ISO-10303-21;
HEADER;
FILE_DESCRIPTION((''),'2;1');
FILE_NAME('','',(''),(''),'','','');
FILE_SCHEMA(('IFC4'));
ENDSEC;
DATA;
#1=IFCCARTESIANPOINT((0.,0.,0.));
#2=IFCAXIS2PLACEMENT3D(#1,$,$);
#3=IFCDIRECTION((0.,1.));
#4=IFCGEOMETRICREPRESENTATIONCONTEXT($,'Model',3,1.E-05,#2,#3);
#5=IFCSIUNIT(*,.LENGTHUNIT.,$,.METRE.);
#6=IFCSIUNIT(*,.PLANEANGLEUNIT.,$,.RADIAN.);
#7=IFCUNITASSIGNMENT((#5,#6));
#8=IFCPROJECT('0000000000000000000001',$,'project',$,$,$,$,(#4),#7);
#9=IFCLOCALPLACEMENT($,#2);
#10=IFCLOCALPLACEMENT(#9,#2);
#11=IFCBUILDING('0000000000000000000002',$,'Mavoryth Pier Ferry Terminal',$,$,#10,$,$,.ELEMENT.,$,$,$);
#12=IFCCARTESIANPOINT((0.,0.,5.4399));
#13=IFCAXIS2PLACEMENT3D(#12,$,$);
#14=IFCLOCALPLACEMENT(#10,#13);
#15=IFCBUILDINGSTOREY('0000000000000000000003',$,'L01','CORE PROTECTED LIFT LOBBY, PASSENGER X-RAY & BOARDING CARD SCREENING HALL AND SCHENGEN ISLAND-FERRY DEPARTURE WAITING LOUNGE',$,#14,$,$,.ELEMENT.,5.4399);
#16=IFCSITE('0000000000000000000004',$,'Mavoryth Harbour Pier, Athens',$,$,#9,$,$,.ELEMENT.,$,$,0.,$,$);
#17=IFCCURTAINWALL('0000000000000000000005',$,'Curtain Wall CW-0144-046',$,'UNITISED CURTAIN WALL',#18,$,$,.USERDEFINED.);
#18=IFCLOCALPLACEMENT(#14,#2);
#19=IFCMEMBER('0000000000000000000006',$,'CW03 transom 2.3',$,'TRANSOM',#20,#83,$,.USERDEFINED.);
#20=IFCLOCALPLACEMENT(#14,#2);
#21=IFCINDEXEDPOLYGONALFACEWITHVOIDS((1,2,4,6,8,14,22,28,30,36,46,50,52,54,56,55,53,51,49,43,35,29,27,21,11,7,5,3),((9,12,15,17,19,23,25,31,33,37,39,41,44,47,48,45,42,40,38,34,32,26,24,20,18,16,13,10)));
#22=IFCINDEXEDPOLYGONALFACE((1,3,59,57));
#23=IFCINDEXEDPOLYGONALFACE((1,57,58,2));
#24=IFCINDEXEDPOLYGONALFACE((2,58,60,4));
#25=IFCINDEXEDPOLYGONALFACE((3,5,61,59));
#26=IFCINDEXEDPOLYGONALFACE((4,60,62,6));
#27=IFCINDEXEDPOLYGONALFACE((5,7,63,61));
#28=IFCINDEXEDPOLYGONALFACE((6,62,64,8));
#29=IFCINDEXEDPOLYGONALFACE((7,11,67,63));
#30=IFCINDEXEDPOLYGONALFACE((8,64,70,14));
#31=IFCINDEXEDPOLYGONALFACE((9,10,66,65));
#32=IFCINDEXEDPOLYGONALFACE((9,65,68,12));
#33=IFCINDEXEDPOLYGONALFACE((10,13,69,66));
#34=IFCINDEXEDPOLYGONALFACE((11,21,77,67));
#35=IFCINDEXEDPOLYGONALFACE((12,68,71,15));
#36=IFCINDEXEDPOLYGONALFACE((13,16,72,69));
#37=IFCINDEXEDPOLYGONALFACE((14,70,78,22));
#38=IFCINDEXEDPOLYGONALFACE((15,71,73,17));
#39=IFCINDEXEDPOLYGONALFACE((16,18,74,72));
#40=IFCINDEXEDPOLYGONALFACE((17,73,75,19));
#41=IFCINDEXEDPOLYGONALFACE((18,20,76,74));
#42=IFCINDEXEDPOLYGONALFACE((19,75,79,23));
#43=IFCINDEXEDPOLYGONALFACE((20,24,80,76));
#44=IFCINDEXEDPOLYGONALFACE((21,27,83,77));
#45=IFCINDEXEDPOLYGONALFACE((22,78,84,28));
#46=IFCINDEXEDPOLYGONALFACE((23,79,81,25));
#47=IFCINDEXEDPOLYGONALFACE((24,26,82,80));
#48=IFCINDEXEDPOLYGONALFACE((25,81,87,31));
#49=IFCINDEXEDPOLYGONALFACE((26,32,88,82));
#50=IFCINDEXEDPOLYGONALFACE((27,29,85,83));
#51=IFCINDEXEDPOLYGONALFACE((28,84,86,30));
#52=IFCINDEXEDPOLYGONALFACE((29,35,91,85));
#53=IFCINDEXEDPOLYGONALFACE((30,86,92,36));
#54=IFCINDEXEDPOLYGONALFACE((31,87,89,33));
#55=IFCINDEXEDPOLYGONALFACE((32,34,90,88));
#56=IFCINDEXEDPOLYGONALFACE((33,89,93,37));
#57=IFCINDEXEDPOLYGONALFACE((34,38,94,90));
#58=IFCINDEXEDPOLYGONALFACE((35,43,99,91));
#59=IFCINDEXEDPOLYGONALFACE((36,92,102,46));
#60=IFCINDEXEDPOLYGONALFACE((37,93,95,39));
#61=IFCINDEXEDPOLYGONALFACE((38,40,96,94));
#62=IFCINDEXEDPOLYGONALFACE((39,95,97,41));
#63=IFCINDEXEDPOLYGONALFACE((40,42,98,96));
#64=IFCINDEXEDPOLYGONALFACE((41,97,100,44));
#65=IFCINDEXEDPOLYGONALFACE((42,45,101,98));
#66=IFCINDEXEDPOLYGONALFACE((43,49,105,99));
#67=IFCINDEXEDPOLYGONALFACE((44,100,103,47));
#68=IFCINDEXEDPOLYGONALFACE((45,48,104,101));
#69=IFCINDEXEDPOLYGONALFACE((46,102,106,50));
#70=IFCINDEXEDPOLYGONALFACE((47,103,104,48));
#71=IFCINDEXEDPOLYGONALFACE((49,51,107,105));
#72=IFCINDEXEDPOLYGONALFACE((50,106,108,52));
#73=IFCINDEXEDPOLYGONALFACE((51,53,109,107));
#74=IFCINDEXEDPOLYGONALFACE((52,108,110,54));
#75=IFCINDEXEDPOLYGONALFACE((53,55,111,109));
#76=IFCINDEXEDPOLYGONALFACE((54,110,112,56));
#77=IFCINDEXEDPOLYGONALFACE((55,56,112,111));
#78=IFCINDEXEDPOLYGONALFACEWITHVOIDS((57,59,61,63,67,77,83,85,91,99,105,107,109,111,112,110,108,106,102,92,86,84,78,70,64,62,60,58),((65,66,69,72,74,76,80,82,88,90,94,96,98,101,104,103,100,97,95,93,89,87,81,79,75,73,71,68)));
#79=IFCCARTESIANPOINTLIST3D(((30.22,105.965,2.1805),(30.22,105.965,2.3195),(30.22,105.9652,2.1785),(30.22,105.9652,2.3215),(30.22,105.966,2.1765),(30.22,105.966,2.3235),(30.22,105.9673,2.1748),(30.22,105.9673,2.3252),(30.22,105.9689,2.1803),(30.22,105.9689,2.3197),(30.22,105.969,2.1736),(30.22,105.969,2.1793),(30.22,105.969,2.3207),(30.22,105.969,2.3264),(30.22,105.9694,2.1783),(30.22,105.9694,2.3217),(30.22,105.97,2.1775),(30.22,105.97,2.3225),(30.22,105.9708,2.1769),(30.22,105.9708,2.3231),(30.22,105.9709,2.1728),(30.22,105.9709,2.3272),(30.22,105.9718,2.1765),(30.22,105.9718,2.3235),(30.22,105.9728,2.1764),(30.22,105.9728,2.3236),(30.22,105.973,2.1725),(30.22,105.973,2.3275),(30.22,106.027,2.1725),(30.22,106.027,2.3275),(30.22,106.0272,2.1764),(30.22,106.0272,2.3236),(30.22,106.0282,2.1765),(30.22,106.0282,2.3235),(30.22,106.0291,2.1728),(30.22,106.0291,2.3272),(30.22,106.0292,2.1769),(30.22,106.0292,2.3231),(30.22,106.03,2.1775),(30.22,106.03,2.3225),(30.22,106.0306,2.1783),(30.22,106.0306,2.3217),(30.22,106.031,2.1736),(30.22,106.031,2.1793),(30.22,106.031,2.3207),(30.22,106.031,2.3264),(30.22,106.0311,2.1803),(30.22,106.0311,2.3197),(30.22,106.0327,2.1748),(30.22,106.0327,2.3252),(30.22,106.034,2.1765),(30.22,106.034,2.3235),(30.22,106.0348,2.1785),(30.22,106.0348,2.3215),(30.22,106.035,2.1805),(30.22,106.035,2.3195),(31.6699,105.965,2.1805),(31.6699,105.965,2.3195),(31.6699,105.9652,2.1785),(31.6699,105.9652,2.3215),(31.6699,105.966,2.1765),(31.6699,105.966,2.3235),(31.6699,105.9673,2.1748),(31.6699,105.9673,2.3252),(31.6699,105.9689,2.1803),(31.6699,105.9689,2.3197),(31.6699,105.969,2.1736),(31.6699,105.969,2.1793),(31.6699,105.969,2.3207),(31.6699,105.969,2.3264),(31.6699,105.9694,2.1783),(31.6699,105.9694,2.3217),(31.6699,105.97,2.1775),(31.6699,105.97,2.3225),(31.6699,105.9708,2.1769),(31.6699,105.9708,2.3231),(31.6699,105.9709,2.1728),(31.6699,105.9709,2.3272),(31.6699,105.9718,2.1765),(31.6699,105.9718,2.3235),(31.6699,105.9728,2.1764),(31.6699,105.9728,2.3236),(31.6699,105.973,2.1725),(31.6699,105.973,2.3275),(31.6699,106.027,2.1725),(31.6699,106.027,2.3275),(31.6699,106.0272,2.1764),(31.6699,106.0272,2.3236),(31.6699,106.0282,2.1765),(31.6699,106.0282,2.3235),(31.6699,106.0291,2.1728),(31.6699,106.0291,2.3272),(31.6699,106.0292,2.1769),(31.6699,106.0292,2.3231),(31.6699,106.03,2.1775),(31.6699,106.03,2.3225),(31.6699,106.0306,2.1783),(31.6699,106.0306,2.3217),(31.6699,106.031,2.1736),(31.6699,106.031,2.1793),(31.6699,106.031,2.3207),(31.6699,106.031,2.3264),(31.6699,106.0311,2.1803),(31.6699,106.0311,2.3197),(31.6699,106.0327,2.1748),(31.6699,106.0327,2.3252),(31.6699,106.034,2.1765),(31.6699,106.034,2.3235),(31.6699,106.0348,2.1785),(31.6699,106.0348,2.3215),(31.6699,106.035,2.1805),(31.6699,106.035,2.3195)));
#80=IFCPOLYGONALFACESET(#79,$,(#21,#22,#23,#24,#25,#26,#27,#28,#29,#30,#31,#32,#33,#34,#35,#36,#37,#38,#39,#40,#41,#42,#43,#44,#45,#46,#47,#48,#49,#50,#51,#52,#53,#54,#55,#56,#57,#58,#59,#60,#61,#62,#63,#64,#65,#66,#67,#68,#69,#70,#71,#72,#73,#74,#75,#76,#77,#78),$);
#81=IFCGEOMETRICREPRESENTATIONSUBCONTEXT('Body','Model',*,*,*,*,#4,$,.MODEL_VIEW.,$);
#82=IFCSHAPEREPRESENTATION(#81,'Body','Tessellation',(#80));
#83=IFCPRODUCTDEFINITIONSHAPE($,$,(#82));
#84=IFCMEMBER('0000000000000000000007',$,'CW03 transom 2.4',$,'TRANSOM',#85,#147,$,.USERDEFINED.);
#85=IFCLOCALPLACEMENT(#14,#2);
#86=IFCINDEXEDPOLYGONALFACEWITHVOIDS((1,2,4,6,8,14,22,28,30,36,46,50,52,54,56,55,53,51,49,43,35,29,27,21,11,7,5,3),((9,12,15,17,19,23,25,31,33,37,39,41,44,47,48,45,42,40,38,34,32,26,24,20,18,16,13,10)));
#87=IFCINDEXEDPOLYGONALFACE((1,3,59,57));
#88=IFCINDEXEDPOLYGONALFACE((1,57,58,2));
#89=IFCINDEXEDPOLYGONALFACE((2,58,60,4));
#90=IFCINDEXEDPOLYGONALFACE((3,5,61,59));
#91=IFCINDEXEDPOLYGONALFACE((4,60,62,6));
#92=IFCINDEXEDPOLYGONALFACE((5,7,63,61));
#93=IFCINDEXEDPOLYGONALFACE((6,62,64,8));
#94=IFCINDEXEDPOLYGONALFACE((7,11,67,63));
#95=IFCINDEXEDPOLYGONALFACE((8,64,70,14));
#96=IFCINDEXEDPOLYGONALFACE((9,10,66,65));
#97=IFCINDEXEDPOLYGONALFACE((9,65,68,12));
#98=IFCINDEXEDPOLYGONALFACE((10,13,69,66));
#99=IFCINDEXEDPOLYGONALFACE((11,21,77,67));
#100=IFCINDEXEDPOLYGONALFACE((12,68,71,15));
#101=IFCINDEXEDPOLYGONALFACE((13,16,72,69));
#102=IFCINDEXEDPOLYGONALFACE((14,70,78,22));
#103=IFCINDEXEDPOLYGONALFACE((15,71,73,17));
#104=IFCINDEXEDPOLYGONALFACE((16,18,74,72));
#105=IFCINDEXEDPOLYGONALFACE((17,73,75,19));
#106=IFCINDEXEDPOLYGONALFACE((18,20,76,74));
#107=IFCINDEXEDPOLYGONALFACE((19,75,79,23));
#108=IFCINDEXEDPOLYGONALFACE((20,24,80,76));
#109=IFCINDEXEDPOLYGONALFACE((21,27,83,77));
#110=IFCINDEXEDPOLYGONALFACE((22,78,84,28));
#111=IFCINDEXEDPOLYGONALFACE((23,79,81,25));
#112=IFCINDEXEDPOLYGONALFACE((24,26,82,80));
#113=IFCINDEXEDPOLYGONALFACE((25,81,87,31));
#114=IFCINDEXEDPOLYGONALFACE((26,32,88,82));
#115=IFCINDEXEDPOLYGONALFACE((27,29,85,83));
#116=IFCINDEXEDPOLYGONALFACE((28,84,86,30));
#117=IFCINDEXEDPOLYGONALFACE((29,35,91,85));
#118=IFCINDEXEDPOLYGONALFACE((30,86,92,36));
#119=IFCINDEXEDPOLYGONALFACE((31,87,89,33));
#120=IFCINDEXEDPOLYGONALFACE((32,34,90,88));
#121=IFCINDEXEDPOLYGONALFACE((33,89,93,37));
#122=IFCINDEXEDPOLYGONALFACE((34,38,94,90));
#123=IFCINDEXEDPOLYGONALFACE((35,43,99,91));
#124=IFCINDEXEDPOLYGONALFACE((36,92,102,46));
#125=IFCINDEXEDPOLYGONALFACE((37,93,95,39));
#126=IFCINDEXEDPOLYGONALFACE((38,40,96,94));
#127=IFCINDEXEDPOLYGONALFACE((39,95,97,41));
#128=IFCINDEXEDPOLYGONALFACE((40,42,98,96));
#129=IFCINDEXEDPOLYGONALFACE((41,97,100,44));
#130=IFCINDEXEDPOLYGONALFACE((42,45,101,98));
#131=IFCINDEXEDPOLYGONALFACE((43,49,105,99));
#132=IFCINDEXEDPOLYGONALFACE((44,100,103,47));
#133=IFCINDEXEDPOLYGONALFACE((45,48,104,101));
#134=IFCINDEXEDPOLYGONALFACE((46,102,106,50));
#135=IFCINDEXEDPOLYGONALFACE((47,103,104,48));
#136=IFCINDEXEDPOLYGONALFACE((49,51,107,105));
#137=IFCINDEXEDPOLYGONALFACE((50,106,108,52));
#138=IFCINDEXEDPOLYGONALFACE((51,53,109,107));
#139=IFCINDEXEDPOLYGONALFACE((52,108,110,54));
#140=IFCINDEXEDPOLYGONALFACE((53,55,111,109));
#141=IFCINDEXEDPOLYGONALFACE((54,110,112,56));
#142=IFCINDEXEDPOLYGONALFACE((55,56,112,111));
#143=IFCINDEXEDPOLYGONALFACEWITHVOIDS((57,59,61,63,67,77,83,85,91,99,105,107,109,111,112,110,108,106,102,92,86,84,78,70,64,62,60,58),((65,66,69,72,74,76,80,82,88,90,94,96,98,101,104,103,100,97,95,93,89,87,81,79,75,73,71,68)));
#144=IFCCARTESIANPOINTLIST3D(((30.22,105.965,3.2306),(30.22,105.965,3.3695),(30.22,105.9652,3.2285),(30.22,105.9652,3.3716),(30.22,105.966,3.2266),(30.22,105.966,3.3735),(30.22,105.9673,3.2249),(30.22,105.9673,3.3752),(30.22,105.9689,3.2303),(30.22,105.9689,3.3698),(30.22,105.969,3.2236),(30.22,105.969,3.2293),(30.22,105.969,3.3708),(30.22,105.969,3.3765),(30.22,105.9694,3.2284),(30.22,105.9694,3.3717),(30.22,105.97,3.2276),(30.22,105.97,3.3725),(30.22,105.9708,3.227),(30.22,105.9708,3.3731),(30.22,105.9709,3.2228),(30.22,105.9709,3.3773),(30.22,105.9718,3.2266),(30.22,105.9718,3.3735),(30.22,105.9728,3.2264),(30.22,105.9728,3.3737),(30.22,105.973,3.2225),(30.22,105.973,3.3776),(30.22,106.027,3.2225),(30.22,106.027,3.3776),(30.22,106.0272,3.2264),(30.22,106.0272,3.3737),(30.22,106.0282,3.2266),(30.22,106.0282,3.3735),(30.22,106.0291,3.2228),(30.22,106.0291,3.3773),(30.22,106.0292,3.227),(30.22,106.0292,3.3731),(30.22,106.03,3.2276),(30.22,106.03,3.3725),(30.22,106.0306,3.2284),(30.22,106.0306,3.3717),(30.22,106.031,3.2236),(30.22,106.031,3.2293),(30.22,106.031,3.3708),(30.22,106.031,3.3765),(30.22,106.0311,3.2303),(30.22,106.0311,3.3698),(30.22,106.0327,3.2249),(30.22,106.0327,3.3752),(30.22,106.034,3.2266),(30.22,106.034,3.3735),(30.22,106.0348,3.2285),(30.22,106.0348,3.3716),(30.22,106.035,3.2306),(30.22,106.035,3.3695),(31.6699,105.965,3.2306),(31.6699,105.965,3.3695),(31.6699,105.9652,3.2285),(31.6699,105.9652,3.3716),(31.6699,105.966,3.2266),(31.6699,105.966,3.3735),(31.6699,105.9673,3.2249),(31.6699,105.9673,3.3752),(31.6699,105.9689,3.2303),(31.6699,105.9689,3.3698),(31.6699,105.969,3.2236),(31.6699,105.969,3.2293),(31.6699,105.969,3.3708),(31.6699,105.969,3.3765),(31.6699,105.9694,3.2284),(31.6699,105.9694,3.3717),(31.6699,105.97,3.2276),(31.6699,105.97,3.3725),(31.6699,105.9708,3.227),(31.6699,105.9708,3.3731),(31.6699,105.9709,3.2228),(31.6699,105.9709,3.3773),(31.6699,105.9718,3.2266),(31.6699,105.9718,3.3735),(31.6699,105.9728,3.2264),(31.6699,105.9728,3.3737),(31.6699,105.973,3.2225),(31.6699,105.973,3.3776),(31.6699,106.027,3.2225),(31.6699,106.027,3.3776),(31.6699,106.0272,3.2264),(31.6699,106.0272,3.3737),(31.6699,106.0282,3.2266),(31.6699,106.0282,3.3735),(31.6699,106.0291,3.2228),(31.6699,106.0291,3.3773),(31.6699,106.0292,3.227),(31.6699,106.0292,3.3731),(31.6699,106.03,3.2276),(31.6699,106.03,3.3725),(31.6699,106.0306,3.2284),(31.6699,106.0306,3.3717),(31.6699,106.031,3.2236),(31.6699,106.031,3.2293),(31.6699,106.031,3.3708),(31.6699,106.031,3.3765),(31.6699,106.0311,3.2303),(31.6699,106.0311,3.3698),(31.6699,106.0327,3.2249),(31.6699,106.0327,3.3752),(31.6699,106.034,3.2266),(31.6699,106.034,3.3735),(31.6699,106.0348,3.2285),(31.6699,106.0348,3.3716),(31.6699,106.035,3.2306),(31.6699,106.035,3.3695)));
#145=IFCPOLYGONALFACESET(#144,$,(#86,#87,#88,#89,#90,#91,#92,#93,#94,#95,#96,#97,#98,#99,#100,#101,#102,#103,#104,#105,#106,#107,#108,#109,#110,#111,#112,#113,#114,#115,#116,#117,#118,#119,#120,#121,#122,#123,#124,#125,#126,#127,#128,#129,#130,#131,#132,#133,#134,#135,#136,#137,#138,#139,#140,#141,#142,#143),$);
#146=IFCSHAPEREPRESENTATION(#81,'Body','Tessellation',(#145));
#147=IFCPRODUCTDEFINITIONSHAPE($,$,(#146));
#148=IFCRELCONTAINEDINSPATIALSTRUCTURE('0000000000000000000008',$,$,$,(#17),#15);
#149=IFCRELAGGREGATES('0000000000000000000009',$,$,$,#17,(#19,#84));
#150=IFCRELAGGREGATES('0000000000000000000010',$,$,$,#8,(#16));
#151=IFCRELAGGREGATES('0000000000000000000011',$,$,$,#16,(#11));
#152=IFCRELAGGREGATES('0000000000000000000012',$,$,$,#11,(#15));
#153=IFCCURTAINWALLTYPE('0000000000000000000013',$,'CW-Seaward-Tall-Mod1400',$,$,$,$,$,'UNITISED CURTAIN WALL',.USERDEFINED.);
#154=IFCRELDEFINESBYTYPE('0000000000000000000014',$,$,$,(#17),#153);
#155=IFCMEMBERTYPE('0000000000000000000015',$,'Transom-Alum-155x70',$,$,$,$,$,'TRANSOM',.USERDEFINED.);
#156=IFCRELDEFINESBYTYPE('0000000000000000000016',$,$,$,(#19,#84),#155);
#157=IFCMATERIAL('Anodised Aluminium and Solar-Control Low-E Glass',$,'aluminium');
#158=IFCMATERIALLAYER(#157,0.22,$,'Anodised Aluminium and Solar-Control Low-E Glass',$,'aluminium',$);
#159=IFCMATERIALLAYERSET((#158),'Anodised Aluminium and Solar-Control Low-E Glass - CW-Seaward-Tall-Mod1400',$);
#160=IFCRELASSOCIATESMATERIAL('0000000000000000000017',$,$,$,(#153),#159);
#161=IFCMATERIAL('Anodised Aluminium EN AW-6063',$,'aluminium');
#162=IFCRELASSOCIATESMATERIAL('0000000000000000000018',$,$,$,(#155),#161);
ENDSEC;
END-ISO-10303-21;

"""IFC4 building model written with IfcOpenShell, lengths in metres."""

from ifc_helpers import new_model, si_unit, direction, frame, origin, origin_2d, place, context, subcontext, project, spatial, hollow_rectangle, extrude, material, layer, layer_set, material_profile, profile_set, type_object, element, aggregate, save


model = new_model("IFC4")

# Units and contexts
model_context = context("Model", 3, precision=1e-05, world=origin(), true_north=direction((0.0, 1.0)))
body_context = subcontext(model_context, "Body", "Model", "MODEL_VIEW")
ifc_project = project(units=[si_unit("LENGTHUNIT", "METRE"), si_unit("PLANEANGLEUNIT", "RADIAN")], contexts=[model_context])

# Site, building, storey
site_placement = place(None, origin())
site = spatial("IfcSite", under=ifc_project, at=site_placement, Name="Mavoryth Harbour Pier, Athens", CompositionType="ELEMENT", RefElevation=0.0)
building_placement = place(site_placement, origin())
building = spatial("IfcBuilding", under=site, at=building_placement, Name="Mavoryth Pier Ferry Terminal", CompositionType="ELEMENT")
storey_placement = place(building_placement, frame((0.0, 0.0, 5.4399)))
storey = spatial("IfcBuildingStorey", under=building, at=storey_placement, Name="L01", Description="CORE PROTECTED LIFT LOBBY, PASSENGER X-RAY & BOARDING CARD SCREENING HALL AND SCHENGEN ISLAND-FERRY DEPARTURE WAITING LOUNGE", CompositionType="ELEMENT", Elevation=5.4399)

# Curtain wall
ifc_material_1 = material(Name="Anodised Aluminium and Solar-Control Low-E Glass", Category="aluminium")
ifc_material_2 = material(Name="Anodised Aluminium EN AW-6063", Category="aluminium")
ifc_layer_1 = layer(ifc_material_1, 0.22, Name="Anodised Aluminium and Solar-Control Low-E Glass", Category="aluminium")
ifc_layer_set_1 = layer_set([ifc_layer_1], Name="Anodised Aluminium and Solar-Control Low-E Glass - CW-Seaward-Tall-Mod1400")
curtain_wall_type_1 = type_object("IfcCurtainWallType", Name="CW-Seaward-Tall-Mod1400", ElementType="UNITISED CURTAIN WALL", PredefinedType="USERDEFINED", material=ifc_layer_set_1)
curtain_wall_1_placement = place(storey_placement, origin())
curtain_wall_1 = element("IfcCurtainWall", 1, at=curtain_wall_1_placement, inside=storey, type_object=curtain_wall_type_1, Name="Curtain Wall CW-0144-046", ObjectType="UNITISED CURTAIN WALL", PredefinedType="USERDEFINED")

# Members
ifc_material_profile_1 = material_profile(ifc_material_2, hollow_rectangle(XDim=0.0701, YDim=0.155, WallThickness=0.0039, InnerFilletRadius=0.0039, OuterFilletRadius=0.0081, at=origin_2d()), Name="AL-TRAN 155x70x4", Category="aluminium")
ifc_profile_set_1 = profile_set([ifc_material_profile_1], Name="Anodised Aluminium EN AW-6063 - AL-TRAN 155x70x4")
member_type_1 = type_object("IfcMemberType", Name="Transom-Alum-155x70", ElementType="TRANSOM", PredefinedType="USERDEFINED", material=ifc_profile_set_1)
member_1_placement = place(storey_placement, frame((31.6699, 106.0, 2.25), z_axis=(-1.0, 0.0, 0.0), x_axis=(0.0, -1.0, 0.0)))
member_1 = element("IfcMember", 2, at=member_1_placement, type_object=member_type_1, Name="CW03 transom 2.3", ObjectType="TRANSOM", PredefinedType="USERDEFINED", context=body_context, shape_type="SweptSolid", body=[
    extrude(hollow_rectangle(XDim=0.0701, YDim=0.155, WallThickness=0.0039, InnerFilletRadius=0.0039, OuterFilletRadius=0.0081, at=origin_2d()), origin(), (0.0, 0.0, 1.0), 1.45),
])
member_2_placement = place(storey_placement, frame((31.6699, 106.0, 3.3), z_axis=(-1.0, 0.0, 0.0), x_axis=(0.0, -1.0, 0.0)))
member_2 = element("IfcMember", 3, at=member_2_placement, type_object=member_type_1, Name="CW03 transom 2.4", ObjectType="TRANSOM", PredefinedType="USERDEFINED", context=body_context, shape_type="SweptSolid", body=[
    extrude(hollow_rectangle(XDim=0.0701, YDim=0.155, WallThickness=0.0039, InnerFilletRadius=0.0039, OuterFilletRadius=0.0081, at=origin_2d()), origin(), (0.0, 0.0, 1.0), 1.45),
])

aggregate(curtain_wall_1, [member_1, member_2])

save(model, "model.ifc")
